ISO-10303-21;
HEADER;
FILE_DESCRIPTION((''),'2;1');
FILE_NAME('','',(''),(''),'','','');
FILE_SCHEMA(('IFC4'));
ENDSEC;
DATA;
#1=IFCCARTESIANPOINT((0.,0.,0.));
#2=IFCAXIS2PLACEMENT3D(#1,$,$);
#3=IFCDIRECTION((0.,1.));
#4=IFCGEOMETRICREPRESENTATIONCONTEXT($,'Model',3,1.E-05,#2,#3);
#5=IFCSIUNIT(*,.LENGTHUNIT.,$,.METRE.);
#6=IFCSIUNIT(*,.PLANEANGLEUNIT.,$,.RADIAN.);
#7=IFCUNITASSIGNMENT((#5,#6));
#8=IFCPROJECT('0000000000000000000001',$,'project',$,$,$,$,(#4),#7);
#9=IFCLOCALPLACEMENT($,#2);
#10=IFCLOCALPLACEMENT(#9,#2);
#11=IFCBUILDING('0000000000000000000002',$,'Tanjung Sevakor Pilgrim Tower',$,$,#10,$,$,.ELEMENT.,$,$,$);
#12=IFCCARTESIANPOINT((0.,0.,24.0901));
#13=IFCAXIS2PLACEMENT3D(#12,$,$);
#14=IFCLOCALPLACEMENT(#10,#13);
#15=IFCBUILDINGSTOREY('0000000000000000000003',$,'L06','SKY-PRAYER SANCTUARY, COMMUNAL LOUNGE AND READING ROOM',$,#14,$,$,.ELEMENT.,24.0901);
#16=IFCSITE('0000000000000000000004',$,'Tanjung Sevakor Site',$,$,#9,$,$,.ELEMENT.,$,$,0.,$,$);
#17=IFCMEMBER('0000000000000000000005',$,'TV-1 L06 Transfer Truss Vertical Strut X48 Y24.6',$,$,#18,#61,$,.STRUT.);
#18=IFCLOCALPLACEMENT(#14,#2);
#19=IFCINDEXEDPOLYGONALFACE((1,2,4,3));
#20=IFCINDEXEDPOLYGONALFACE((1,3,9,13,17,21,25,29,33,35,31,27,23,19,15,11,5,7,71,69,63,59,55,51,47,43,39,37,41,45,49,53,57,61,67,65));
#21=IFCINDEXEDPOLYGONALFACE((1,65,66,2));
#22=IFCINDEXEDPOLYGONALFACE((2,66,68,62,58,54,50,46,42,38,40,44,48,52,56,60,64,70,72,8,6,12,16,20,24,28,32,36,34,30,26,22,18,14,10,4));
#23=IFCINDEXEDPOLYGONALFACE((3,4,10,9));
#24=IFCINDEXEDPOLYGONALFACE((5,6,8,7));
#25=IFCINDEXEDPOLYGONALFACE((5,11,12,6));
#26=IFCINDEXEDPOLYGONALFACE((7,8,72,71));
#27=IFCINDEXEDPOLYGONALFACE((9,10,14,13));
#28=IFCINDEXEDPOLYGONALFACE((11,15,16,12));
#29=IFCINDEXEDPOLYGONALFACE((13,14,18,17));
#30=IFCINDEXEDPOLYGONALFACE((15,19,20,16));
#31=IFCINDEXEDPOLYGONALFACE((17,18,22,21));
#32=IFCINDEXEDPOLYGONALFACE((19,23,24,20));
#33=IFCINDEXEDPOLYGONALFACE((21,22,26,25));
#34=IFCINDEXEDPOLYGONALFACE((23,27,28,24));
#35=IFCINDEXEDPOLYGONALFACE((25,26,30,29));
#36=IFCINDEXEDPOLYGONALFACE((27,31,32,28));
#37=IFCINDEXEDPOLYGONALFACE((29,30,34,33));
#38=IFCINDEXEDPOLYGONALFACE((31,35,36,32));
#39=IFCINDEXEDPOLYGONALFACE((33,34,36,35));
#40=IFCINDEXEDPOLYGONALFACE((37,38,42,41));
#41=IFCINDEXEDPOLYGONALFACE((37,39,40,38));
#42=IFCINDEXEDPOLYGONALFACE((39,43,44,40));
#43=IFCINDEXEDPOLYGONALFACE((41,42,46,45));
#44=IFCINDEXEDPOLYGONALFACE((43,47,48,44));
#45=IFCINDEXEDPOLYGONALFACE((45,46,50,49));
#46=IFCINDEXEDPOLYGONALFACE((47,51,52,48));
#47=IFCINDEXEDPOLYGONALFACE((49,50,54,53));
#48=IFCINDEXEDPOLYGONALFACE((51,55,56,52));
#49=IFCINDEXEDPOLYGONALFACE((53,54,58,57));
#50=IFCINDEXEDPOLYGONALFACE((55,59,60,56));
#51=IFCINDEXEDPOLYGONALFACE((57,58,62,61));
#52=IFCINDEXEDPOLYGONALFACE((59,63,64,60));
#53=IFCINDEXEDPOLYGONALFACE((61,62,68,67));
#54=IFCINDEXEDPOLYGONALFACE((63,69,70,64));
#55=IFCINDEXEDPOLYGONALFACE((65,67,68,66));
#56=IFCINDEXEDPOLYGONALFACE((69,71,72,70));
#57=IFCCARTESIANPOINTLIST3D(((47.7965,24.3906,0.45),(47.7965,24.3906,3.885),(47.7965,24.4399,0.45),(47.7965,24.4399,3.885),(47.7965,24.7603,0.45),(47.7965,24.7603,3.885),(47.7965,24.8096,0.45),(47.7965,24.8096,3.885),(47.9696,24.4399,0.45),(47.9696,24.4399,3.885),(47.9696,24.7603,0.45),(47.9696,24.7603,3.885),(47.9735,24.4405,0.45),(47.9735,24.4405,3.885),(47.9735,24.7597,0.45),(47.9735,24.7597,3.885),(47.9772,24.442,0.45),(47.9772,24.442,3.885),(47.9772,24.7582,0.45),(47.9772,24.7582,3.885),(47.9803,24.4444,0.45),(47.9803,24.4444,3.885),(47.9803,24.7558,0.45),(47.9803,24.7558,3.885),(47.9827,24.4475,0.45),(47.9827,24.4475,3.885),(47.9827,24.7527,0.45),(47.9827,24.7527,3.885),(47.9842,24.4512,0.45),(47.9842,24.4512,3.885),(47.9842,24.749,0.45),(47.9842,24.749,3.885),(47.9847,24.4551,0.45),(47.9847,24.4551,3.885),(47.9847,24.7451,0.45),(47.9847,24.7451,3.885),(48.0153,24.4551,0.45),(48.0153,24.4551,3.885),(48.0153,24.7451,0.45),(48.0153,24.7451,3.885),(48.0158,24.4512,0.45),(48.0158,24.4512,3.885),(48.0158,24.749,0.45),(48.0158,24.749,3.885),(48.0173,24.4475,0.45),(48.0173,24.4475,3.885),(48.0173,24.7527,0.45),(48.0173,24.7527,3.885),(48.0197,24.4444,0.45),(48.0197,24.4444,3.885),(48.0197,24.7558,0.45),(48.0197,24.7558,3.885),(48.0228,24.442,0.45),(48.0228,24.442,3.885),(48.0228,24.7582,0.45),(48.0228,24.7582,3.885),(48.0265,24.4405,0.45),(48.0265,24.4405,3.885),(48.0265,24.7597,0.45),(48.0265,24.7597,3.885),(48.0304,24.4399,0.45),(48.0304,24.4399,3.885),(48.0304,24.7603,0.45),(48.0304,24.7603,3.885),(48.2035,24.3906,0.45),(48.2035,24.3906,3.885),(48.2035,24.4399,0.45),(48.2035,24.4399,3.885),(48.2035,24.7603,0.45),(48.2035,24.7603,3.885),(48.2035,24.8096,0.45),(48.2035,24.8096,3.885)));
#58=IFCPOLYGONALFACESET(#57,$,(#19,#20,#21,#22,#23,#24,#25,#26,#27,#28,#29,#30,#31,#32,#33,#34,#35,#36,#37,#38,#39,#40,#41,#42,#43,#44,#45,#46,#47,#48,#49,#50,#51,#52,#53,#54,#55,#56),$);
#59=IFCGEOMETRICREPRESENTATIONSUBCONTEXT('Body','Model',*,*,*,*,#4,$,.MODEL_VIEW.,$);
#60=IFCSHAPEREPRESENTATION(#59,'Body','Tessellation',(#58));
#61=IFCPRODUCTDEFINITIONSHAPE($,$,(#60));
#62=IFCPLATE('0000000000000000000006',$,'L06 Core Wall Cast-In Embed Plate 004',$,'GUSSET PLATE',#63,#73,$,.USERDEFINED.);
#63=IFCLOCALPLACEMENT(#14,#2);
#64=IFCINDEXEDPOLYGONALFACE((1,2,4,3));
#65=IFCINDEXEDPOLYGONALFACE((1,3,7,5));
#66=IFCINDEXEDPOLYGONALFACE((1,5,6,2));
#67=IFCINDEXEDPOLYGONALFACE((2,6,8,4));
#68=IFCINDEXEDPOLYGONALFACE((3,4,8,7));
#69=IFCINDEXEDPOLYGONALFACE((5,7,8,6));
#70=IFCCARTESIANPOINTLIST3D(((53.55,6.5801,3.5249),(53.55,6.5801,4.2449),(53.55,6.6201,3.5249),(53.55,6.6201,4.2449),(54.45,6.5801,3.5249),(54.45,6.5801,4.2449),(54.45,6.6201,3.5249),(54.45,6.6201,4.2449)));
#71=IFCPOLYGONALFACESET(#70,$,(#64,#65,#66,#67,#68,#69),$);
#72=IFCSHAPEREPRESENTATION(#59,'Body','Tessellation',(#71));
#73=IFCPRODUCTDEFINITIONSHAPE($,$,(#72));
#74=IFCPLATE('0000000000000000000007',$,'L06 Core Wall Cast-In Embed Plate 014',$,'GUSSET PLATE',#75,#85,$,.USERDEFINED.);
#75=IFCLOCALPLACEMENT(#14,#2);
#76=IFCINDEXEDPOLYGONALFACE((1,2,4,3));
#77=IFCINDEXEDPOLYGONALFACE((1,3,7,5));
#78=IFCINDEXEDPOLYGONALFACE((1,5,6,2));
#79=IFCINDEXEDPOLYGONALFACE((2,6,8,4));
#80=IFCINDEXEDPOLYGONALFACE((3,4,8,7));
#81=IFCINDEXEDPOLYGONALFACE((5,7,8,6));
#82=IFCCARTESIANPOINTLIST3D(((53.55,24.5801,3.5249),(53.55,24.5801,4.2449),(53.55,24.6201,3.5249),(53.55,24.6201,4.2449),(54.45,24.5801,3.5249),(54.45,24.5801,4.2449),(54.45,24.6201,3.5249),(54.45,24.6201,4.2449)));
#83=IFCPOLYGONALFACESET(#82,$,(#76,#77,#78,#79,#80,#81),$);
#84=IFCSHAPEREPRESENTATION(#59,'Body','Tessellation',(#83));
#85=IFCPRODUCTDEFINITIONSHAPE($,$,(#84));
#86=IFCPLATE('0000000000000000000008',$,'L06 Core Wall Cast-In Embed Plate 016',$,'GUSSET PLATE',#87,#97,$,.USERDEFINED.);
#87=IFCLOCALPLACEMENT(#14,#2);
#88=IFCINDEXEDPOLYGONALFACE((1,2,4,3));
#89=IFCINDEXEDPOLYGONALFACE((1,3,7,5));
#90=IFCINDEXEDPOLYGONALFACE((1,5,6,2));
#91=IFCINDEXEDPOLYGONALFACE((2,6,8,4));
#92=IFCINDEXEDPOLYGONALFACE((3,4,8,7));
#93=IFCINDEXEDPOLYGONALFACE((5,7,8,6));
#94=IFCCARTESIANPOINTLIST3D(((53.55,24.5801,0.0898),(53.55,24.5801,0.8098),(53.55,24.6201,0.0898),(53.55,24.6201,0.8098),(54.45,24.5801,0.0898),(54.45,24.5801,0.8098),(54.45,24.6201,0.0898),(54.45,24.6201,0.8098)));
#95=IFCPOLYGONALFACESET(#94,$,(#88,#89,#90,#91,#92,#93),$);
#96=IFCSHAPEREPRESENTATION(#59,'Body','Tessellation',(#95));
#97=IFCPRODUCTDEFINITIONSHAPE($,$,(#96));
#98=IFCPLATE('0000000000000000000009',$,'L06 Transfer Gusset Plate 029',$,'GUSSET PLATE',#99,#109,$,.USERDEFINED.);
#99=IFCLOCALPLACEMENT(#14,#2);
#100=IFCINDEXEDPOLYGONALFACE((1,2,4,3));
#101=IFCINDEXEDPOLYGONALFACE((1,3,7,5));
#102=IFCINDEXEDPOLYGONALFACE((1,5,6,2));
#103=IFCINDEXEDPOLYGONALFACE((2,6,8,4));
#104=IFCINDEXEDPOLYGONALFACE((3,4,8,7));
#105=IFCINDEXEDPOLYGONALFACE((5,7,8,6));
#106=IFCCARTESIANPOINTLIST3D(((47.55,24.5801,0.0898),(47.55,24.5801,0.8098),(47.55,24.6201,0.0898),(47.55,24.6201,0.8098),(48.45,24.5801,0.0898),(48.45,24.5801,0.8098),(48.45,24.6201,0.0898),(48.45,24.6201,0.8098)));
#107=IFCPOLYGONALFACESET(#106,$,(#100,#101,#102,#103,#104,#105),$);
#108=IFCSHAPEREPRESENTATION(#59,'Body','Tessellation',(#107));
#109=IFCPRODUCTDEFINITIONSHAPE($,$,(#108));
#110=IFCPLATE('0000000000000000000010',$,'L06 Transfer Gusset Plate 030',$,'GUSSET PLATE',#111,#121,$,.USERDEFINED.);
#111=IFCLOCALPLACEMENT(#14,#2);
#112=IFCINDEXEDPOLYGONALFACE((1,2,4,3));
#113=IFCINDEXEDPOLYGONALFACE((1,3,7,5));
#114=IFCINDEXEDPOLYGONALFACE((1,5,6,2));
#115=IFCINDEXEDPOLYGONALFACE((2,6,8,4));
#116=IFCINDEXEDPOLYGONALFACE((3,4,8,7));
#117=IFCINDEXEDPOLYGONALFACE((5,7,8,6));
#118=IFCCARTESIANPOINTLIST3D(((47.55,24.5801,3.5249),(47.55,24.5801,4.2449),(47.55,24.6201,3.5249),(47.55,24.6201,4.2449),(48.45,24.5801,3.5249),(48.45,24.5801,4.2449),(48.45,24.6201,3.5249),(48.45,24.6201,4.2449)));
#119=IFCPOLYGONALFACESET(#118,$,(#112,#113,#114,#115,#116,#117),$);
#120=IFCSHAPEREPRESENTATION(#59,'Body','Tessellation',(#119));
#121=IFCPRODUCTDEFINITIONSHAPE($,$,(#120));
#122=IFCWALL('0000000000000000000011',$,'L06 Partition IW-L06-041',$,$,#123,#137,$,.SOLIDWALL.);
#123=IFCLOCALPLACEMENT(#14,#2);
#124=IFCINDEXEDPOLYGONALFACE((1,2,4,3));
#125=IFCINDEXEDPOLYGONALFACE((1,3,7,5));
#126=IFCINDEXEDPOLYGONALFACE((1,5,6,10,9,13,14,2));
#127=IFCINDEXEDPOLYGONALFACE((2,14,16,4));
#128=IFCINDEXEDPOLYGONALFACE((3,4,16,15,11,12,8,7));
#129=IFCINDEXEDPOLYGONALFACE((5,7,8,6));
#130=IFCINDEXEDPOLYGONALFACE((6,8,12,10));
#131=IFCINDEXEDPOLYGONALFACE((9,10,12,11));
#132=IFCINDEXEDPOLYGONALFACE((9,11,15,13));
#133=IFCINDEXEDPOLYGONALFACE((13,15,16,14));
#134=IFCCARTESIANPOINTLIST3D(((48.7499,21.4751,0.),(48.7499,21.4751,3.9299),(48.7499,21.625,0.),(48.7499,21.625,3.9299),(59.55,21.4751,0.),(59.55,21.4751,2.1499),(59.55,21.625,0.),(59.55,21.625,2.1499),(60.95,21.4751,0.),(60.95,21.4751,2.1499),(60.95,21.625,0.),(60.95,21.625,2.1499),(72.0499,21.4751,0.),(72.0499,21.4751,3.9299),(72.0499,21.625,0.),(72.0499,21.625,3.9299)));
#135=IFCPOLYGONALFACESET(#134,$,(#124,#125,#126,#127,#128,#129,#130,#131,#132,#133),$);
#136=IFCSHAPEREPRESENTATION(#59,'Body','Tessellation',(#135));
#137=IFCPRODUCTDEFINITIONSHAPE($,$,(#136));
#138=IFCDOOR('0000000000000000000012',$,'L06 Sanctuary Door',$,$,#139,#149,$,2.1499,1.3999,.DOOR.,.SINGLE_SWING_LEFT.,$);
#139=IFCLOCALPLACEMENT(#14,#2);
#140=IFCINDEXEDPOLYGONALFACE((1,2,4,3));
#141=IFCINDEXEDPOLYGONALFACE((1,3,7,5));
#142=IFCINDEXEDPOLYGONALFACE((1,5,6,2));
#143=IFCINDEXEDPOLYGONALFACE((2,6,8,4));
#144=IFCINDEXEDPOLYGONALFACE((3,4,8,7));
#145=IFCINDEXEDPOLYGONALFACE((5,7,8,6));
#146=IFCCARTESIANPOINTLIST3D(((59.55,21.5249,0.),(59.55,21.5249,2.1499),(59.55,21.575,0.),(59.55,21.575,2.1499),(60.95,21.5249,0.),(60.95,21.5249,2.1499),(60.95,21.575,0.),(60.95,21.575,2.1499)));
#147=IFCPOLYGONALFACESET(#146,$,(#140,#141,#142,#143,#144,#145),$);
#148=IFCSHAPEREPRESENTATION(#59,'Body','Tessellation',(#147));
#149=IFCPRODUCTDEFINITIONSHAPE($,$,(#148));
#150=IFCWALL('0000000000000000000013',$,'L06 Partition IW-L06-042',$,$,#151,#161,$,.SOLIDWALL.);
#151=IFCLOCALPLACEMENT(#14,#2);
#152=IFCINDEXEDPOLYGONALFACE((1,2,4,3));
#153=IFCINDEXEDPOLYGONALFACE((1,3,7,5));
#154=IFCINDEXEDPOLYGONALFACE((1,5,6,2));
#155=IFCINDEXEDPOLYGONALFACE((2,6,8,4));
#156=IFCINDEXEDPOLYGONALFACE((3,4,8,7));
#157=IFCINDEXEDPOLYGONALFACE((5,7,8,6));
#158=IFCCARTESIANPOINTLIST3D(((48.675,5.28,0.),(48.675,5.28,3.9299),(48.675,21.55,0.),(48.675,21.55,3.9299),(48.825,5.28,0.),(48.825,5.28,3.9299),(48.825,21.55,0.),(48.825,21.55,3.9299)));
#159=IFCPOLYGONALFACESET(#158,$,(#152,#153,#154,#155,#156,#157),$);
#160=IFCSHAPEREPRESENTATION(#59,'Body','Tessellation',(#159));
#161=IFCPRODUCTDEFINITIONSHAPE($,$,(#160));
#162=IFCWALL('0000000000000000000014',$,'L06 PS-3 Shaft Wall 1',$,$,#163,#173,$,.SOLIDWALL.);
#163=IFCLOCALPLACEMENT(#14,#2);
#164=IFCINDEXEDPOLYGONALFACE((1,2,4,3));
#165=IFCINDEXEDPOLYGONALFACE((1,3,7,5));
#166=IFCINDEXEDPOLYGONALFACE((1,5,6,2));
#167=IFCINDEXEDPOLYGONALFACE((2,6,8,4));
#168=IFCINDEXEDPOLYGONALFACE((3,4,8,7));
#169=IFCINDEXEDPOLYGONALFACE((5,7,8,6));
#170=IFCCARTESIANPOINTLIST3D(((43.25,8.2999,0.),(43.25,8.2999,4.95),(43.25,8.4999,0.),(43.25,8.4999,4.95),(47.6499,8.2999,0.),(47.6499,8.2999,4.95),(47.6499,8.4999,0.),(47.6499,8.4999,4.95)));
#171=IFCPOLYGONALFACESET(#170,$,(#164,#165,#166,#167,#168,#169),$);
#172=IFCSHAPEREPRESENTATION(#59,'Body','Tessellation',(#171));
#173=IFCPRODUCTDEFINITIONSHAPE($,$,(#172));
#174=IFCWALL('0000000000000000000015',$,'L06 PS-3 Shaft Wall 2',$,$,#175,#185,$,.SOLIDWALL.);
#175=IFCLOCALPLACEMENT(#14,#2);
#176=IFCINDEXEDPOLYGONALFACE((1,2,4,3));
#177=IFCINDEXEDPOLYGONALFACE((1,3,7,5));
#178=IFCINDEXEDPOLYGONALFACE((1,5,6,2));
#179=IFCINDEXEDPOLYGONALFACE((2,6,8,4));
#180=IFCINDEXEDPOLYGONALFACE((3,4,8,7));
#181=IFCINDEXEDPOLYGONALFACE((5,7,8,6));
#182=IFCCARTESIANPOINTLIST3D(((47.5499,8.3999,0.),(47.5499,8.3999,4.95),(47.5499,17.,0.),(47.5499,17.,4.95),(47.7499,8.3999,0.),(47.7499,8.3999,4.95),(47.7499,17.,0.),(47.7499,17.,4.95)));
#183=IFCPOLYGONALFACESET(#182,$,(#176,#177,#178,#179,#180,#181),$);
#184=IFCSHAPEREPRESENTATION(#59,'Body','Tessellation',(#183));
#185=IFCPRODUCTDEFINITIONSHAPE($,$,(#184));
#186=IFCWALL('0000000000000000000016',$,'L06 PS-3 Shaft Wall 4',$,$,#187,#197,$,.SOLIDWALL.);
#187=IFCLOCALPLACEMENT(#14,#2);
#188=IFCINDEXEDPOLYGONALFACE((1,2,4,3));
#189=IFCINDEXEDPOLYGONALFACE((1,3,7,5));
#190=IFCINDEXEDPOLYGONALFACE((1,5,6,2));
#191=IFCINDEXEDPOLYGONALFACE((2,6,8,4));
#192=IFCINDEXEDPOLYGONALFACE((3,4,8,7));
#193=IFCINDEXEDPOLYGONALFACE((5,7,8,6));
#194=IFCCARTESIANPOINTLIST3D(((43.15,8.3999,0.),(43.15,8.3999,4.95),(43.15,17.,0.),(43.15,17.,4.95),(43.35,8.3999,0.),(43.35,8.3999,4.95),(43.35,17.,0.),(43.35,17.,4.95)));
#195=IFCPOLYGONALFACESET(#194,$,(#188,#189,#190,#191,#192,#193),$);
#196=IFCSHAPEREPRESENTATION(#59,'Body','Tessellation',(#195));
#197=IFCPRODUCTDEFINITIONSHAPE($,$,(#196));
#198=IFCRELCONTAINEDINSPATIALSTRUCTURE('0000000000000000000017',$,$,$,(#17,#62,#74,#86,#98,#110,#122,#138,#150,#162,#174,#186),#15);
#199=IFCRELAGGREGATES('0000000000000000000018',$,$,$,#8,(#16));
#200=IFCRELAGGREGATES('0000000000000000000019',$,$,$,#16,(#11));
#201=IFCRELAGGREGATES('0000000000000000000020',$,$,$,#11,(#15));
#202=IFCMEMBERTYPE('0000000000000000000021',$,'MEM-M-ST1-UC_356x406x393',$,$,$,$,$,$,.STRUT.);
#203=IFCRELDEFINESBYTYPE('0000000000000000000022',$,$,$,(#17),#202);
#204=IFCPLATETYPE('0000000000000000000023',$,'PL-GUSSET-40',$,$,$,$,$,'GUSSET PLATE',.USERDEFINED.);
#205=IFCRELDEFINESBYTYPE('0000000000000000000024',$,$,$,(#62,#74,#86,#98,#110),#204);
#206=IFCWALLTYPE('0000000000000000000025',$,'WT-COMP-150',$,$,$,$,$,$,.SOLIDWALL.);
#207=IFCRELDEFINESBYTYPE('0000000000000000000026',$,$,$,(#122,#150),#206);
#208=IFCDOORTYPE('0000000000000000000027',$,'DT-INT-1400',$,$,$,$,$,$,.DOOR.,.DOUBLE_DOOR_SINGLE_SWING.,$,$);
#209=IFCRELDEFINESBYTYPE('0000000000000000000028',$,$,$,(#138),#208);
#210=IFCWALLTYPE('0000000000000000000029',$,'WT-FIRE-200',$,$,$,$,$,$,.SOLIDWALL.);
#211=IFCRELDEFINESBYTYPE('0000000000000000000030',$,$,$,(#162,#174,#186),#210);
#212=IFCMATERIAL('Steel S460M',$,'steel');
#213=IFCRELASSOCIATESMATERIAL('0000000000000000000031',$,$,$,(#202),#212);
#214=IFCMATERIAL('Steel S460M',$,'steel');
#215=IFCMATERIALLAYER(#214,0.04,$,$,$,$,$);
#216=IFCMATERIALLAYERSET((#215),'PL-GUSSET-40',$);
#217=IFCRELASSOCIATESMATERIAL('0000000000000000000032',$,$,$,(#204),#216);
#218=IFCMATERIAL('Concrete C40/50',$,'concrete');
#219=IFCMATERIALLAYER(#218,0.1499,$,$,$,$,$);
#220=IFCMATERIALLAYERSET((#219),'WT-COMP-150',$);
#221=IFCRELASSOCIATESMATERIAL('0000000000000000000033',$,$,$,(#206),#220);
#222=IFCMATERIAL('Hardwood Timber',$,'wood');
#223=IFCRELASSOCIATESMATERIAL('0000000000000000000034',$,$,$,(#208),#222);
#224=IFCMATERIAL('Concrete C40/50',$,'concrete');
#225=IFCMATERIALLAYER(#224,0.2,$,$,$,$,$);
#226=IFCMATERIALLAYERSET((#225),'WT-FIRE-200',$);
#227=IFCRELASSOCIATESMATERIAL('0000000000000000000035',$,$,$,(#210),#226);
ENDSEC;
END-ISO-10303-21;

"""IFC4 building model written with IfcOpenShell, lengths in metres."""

from ifc_helpers import new_model, si_unit, direction, frame, frame_2d, origin, origin_2d, place, context, subcontext, project, spatial, rectangle, i_section, extrude, material, layer, layer_set, material_profile, profile_set, type_object, element, fill, save


model = new_model("IFC4")

# Units and contexts
model_context = context("Model", 3, precision=1e-05, world=origin(), true_north=direction((0.0, 1.0)))
body_context = subcontext(model_context, "Body", "Model", "MODEL_VIEW")
ifc_project = project(units=[si_unit("LENGTHUNIT", "METRE"), si_unit("PLANEANGLEUNIT", "RADIAN")], contexts=[model_context])

# Site, building, storey
site_placement = place(None, origin())
site = spatial("IfcSite", under=ifc_project, at=site_placement, Name="Tanjung Sevakor Site", CompositionType="ELEMENT", RefElevation=0.0)
building_placement = place(site_placement, origin())
building = spatial("IfcBuilding", under=site, at=building_placement, Name="Tanjung Sevakor Pilgrim Tower", CompositionType="ELEMENT")
storey_placement = place(building_placement, frame((0.0, 0.0, 24.0901)))
storey = spatial("IfcBuildingStorey", under=building, at=storey_placement, Name="L06", Description="SKY-PRAYER SANCTUARY, COMMUNAL LOUNGE AND READING ROOM", CompositionType="ELEMENT", Elevation=24.0901)

# Member
ifc_material_1 = material(Name="Steel S460M", Category="steel")
ifc_material_profile_1 = material_profile(ifc_material_1, i_section(OverallWidth=0.407, OverallDepth=0.4189, WebThickness=0.0305, FlangeThickness=0.0493, FilletRadius=0.0151, at=origin_2d()))
ifc_profile_set_1 = profile_set([ifc_material_profile_1], Name="Steel S460M")
member_type_1 = type_object("IfcMemberType", Name="MEM-M-ST1-UC_356x406x393", PredefinedType="STRUT", material=ifc_profile_set_1)
member_1_placement = place(storey_placement, frame((48.0, 24.6001, 0.45), z_axis=(0.0, 0.0, 1.0), x_axis=(1.0, 0.0, 0.0)))
element("IfcMember", 1, at=member_1_placement, inside=storey, type_object=member_type_1, Name="TV-1 L06 Transfer Truss Vertical Strut X48 Y24.6", PredefinedType="STRUT", context=body_context, shape_type="SweptSolid", body=[
    extrude(i_section(OverallWidth=0.407, OverallDepth=0.4189, WebThickness=0.0305, FlangeThickness=0.0493, FilletRadius=0.0151, at=origin_2d()), origin(), (0.0, 0.0, 1.0), 3.4351),
])

# Plates
ifc_material_2 = material(Name="Steel S460M", Category="steel")
ifc_layer_1 = layer(ifc_material_2, 0.04)
ifc_layer_set_1 = layer_set([ifc_layer_1], Name="PL-GUSSET-40")
plate_type = type_object("IfcPlateType", Name="PL-GUSSET-40", ElementType="GUSSET PLATE", PredefinedType="USERDEFINED", material=ifc_layer_set_1)
for number, where, z_axis, x_axis, name in (
    (2, (54.0, 6.6001, 3.5249), (0.0, 0.0, 1.0), (1.0, 0.0, 0.0), "L06 Core Wall Cast-In Embed Plate 004"),
    (3, (54.0, 24.6001, 3.5249), (0.0, 0.0, 1.0), (1.0, 0.0, 0.0), "L06 Core Wall Cast-In Embed Plate 014"),
    (4, (54.0, 24.6001, 0.0898), (0.0, 0.0, 1.0), (1.0, 0.0, 0.0), "L06 Core Wall Cast-In Embed Plate 016"),
    (5, (48.0, 24.6001, 0.0898), (0.0, 0.0, 1.0), (1.0, 0.0, 0.0), "L06 Transfer Gusset Plate 029"),
    (6, (48.0, 24.6001, 3.5249), (0.0, 0.0, 1.0), (1.0, 0.0, 0.0), "L06 Transfer Gusset Plate 030"),
):
    element("IfcPlate", number, at=place(storey_placement, frame(where, z_axis=z_axis, x_axis=x_axis)), inside=storey, type_object=plate_type, Name=name, ObjectType="GUSSET PLATE", PredefinedType="USERDEFINED", context=body_context, shape_type="SweptSolid", body=[
        extrude(rectangle(XDim=0.8999, YDim=0.04, at=origin_2d()), origin(), (0.0, 0.0, 1.0), 0.72),
    ])

# Wall, opening, door
ifc_material_3 = material(Name="Concrete C40/50", Category="concrete")
ifc_layer_2 = layer(ifc_material_3, 0.1499)
ifc_layer_set_2 = layer_set([ifc_layer_2], Name="WT-COMP-150")
wall_type_1 = type_object("IfcWallType", Name="WT-COMP-150", PredefinedType="SOLIDWALL", material=ifc_layer_set_2)
wall_1_placement = place(storey_placement, frame((48.75, 21.55, 0.0), z_axis=(0.0, 0.0, 1.0), x_axis=(1.0, 0.0, 0.0)))
wall_1 = element("IfcWall", 7, at=wall_1_placement, inside=storey, type_object=wall_type_1, Name="L06 Partition IW-L06-041", PredefinedType="SOLIDWALL", context=body_context, shape_type="SweptSolid", body=[
    extrude(rectangle(XDim=23.3, YDim=0.1499, at=frame_2d((11.6499, 0.0))), origin(), (0.0, 0.0, 1.0), 3.9299),
])
opening_1_placement = place(wall_1_placement, frame((10.8, 0.0, 0.0)))
opening_1 = element("IfcOpeningElement", 8, at=opening_1_placement, cuts=wall_1, PredefinedType="OPENING", context=body_context, shape_type="SweptSolid", body=[
    extrude(rectangle(XDim=1.3999, YDim=2.1499, at=frame_2d((0.7, 1.075))), frame((0.0, 0.085, 0.0), z_axis=(0.0, -1.0, 0.0), x_axis=(1.0, 0.0, 0.0)), (0.0, 0.0, 1.0), 0.1699),
])
ifc_material_4 = material(Name="Hardwood Timber", Category="wood")
door_type_1 = type_object("IfcDoorType", Name="DT-INT-1400", OperationType="DOUBLE_DOOR_SINGLE_SWING", PredefinedType="DOOR", material=ifc_material_4)
door_1_placement = place(opening_1_placement, origin())
door_1 = element("IfcDoor", 9, at=door_1_placement, inside=storey, type_object=door_type_1, Name="L06 Sanctuary Door", OperationType="SINGLE_SWING_LEFT", OverallHeight=2.1499, OverallWidth=1.3999, PredefinedType="DOOR", context=body_context, shape_type="SweptSolid", body=[
    extrude(rectangle(XDim=1.3999, YDim=2.1499, at=frame_2d((0.7, 1.075))), frame((0.0, 0.0249, 0.0), z_axis=(0.0, -1.0, 0.0), x_axis=(1.0, 0.0, 0.0)), (0.0, 0.0, 1.0), 0.05),
])
fill(opening_1, door_1)

# Walls
wall_2_placement = place(storey_placement, frame((48.75, 5.28, 0.0), z_axis=(0.0, 0.0, 1.0), x_axis=(0.0, 1.0, 0.0)))
element("IfcWall", 10, at=wall_2_placement, inside=storey, type_object=wall_type_1, Name="L06 Partition IW-L06-042", PredefinedType="SOLIDWALL", context=body_context, shape_type="SweptSolid", body=[
    extrude(rectangle(XDim=16.27, YDim=0.1499, at=frame_2d((8.135, 0.0))), origin(), (0.0, 0.0, 1.0), 3.9299),
])
ifc_material_5 = material(Name="Concrete C40/50", Category="concrete")
ifc_layer_3 = layer(ifc_material_5, 0.2)
ifc_layer_set_3 = layer_set([ifc_layer_3], Name="WT-FIRE-200")
wall_type_2 = type_object("IfcWallType", Name="WT-FIRE-200", PredefinedType="SOLIDWALL", material=ifc_layer_set_3)
wall_3_placement = place(storey_placement, frame((43.25, 8.3999, 0.0), z_axis=(0.0, 0.0, 1.0), x_axis=(1.0, 0.0, 0.0)))
element("IfcWall", 11, at=wall_3_placement, inside=storey, type_object=wall_type_2, Name="L06 PS-3 Shaft Wall 1", PredefinedType="SOLIDWALL", context=body_context, shape_type="SweptSolid", body=[
    extrude(rectangle(XDim=4.3999, YDim=0.2, at=frame_2d((2.2, 0.0))), origin(), (0.0, 0.0, 1.0), 4.95),
])
wall_4_placement = place(storey_placement, frame((47.6499, 8.3999, 0.0), z_axis=(0.0, 0.0, 1.0), x_axis=(0.0, 1.0, 0.0)))
element("IfcWall", 12, at=wall_4_placement, inside=storey, type_object=wall_type_2, Name="L06 PS-3 Shaft Wall 2", PredefinedType="SOLIDWALL", context=body_context, shape_type="SweptSolid", body=[
    extrude(rectangle(XDim=8.6001, YDim=0.2, at=frame_2d((4.3, 0.0))), origin(), (0.0, 0.0, 1.0), 4.95),
])

# Wall
wall_5_placement = place(storey_placement, frame((43.25, 17.0, 0.0), z_axis=(0.0, 0.0, 1.0), x_axis=(0.0, -1.0, 0.0)))
element("IfcWall", 13, at=wall_5_placement, inside=storey, type_object=wall_type_2, Name="L06 PS-3 Shaft Wall 4", PredefinedType="SOLIDWALL", context=body_context, shape_type="SweptSolid", body=[
    extrude(rectangle(XDim=8.6001, YDim=0.2, at=frame_2d((4.3, 0.0))), origin(), (0.0, 0.0, 1.0), 4.95),
])

save(model, "model.ifc")
